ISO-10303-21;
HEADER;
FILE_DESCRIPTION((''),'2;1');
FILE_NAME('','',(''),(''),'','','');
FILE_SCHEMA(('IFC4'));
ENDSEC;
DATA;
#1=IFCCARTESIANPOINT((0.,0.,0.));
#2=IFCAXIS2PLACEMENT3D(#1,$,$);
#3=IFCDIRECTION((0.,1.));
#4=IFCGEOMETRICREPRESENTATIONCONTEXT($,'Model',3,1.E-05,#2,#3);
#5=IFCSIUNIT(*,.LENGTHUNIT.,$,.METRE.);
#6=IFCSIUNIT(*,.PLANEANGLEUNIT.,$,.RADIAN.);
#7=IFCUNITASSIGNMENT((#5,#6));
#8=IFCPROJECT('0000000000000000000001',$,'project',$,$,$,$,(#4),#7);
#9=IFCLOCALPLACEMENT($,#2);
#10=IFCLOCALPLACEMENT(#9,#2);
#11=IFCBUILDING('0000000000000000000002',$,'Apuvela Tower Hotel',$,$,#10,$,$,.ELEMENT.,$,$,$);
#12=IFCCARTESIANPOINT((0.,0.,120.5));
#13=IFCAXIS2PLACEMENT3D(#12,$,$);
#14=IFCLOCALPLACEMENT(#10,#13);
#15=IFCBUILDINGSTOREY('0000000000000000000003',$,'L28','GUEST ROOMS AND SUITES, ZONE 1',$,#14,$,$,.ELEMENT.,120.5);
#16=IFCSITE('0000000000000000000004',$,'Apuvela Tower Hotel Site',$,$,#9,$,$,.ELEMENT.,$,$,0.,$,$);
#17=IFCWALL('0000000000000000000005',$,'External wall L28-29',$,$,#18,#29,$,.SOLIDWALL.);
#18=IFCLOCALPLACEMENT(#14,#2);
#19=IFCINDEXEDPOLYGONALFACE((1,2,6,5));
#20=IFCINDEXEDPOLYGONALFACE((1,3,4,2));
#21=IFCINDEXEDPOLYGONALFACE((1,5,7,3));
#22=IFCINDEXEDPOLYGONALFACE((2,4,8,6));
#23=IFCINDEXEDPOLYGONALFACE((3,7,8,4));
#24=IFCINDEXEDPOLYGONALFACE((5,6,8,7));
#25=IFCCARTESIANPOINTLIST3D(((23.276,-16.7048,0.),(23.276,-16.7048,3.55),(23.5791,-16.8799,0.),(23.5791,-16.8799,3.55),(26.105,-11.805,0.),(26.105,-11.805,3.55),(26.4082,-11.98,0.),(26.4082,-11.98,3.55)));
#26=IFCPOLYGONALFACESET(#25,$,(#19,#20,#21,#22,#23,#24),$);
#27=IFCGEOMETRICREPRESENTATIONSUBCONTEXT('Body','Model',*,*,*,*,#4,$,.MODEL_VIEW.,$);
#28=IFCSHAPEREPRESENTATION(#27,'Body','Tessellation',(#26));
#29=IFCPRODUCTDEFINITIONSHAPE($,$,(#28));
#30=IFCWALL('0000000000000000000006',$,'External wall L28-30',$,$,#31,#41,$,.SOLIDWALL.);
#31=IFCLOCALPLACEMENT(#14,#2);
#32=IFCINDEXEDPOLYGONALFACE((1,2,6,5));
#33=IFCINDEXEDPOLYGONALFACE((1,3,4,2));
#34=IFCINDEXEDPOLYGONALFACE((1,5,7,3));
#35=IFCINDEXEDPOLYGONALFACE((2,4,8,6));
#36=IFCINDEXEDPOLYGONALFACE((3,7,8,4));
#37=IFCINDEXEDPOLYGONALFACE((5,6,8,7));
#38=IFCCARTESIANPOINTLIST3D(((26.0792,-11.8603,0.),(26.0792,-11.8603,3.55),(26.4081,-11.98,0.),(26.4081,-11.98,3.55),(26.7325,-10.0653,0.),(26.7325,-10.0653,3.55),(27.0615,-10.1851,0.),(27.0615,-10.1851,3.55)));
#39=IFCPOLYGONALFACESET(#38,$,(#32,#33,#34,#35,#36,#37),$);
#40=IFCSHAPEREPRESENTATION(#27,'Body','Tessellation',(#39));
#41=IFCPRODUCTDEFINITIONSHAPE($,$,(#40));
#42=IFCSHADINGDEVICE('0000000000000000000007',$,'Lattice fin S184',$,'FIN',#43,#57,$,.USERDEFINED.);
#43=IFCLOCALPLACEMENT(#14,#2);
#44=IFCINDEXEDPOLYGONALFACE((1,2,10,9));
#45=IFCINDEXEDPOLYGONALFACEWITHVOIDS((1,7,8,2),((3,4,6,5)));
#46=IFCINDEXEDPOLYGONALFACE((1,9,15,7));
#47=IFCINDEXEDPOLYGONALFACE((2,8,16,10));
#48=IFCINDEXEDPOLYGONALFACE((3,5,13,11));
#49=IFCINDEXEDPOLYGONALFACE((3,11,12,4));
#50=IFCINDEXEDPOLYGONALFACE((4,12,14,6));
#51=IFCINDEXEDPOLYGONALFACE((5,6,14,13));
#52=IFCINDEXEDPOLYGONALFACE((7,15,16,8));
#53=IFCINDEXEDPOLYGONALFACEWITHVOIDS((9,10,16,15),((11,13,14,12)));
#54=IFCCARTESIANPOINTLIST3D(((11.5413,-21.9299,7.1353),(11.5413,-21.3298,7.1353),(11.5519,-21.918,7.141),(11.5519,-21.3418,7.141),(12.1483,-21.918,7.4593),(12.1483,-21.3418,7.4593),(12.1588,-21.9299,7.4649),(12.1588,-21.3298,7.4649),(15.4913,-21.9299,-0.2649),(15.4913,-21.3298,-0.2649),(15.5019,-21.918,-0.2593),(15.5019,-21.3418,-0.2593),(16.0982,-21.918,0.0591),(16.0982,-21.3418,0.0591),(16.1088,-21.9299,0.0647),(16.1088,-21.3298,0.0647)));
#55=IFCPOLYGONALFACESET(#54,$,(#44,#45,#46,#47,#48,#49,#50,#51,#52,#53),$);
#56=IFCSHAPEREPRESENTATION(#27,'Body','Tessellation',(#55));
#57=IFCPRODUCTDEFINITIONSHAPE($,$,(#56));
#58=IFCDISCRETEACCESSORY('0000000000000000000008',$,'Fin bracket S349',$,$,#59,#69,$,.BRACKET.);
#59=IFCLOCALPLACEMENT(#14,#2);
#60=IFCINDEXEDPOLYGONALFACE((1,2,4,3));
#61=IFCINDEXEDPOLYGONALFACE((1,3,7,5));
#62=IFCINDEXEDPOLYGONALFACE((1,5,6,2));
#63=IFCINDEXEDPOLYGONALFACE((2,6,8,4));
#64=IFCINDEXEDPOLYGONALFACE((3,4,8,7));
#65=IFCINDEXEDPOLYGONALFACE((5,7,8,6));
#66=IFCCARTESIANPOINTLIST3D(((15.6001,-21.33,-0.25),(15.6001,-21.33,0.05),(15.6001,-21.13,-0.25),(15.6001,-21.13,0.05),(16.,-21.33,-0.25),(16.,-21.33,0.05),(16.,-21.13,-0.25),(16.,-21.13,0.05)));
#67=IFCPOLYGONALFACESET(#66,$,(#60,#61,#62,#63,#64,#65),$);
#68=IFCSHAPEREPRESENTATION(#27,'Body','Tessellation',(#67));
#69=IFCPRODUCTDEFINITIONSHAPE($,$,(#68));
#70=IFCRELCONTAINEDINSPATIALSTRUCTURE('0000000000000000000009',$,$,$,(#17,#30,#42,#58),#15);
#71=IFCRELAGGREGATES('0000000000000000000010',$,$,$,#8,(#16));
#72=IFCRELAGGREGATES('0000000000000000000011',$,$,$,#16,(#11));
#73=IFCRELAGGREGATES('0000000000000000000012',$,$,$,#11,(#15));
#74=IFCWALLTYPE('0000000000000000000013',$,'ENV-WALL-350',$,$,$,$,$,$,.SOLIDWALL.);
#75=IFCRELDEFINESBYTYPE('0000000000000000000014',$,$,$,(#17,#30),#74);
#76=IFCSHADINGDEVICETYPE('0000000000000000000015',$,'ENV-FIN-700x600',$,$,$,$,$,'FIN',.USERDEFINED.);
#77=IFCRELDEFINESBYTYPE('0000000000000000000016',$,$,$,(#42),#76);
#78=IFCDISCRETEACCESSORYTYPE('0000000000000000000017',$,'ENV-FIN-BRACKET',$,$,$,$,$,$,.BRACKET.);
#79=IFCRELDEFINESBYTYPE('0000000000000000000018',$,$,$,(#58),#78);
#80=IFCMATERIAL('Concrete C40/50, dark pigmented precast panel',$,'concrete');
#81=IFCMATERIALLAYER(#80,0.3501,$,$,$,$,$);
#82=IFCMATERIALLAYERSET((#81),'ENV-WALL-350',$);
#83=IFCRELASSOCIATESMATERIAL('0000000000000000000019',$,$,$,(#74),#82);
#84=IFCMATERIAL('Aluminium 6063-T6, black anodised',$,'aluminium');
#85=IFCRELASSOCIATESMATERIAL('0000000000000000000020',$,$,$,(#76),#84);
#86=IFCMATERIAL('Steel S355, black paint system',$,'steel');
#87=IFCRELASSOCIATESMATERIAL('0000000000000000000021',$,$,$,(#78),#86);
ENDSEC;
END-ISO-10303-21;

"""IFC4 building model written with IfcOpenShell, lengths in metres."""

from ifc_helpers import new_model, si_unit, direction, frame, frame_2d, origin, origin_2d, place, context, subcontext, project, spatial, rectangle, hollow_rectangle, extrude, material, layer, layer_set, material_profile, profile_set, type_object, element, save


model = new_model("IFC4")

# Units and contexts
model_context = context("Model", 3, precision=1e-05, world=origin(), true_north=direction((0.0, 1.0)))
body_context = subcontext(model_context, "Body", "Model", "MODEL_VIEW")
ifc_project = project(units=[si_unit("LENGTHUNIT", "METRE"), si_unit("PLANEANGLEUNIT", "RADIAN")], contexts=[model_context])

# Site, building, storey
site_placement = place(None, origin())
site = spatial("IfcSite", under=ifc_project, at=site_placement, Name="Apuvela Tower Hotel Site", CompositionType="ELEMENT", RefElevation=0.0)
building_placement = place(site_placement, origin())
building = spatial("IfcBuilding", under=site, at=building_placement, Name="Apuvela Tower Hotel", CompositionType="ELEMENT")
storey_placement = place(building_placement, frame((0.0, 0.0, 120.5)))
storey = spatial("IfcBuildingStorey", under=building, at=storey_placement, Name="L28", Description="GUEST ROOMS AND SUITES, ZONE 1", CompositionType="ELEMENT", Elevation=120.5)

# Walls
ifc_material_1 = material(Name="Concrete C40/50, dark pigmented precast panel", Category="concrete")
ifc_layer_1 = layer(ifc_material_1, 0.3501)
ifc_layer_set_1 = layer_set([ifc_layer_1], Name="ENV-WALL-350")
wall_type_1 = type_object("IfcWallType", Name="ENV-WALL-350", PredefinedType="SOLIDWALL", material=ifc_layer_set_1)
wall_1_placement = place(storey_placement, frame((23.4275, -16.7925, 0.0), z_axis=(0.0, 0.0, 1.0), x_axis=(0.500019, 0.866015, 0.0)))
element("IfcWall", 1, at=wall_1_placement, inside=storey, type_object=wall_type_1, Name="External wall L28-29", PredefinedType="SOLIDWALL", context=body_context, shape_type="SweptSolid", body=[
    extrude(rectangle(XDim=5.658, YDim=0.3501, at=frame_2d((2.8291, 0.0))), origin(), (0.0, 0.0, 1.0), 3.55),
])
wall_2_placement = place(storey_placement, frame((26.2437, -11.9202, 0.0), z_axis=(0.0, 0.0, 1.0), x_axis=(0.34203, 0.939689, 0.0)))
element("IfcWall", 2, at=wall_2_placement, inside=storey, type_object=wall_type_1, Name="External wall L28-30", PredefinedType="SOLIDWALL", context=body_context, shape_type="SweptSolid", body=[
    extrude(rectangle(XDim=1.9102, YDim=0.3501, at=frame_2d((0.9551, 0.0))), origin(), (0.0, 0.0, 1.0), 3.55),
])

# Shading device
ifc_material_2 = material(Name="Aluminium 6063-T6, black anodised", Category="aluminium")
ifc_material_profile_1 = material_profile(ifc_material_2, hollow_rectangle(XDim=0.6001, YDim=0.7, WallThickness=0.012, at=origin_2d()), Name="AL BOX 700x600x12")
ifc_profile_set_1 = profile_set([ifc_material_profile_1], Name="Aluminium 6063-T6, black anodised")
shading_device_type = type_object("IfcShadingDeviceType", Name="ENV-FIN-700x600", ElementType="FIN", PredefinedType="USERDEFINED", material=ifc_profile_set_1)
shading_device_placement = place(storey_placement, frame((15.8, -21.6299, -0.1001), z_axis=(-0.470886, 0.0, 0.882194), x_axis=(0.0, -1.0, 0.0)))
element("IfcShadingDevice", 3, at=shading_device_placement, inside=storey, type_object=shading_device_type, Name="Lattice fin S184", ObjectType="FIN", PredefinedType="USERDEFINED", context=body_context, shape_type="SweptSolid", body=[
    extrude(hollow_rectangle(XDim=0.6001, YDim=0.7, WallThickness=0.012, at=origin_2d()), origin(), (0.0, 0.0, 1.0), 8.3884),
])

# Discrete accessory
ifc_material_3 = material(Name="Steel S355, black paint system", Category="steel")
discrete_accessory_type = type_object("IfcDiscreteAccessoryType", Name="ENV-FIN-BRACKET", PredefinedType="BRACKET", material=ifc_material_3)
discrete_accessory_placement = place(storey_placement, frame((15.8, -21.23, -0.25), z_axis=(0.0, 0.0, 1.0), x_axis=(1.0, 0.0, 0.0)))
element("IfcDiscreteAccessory", 4, at=discrete_accessory_placement, inside=storey, type_object=discrete_accessory_type, Name="Fin bracket S349", PredefinedType="BRACKET", context=body_context, shape_type="SweptSolid", body=[
    extrude(rectangle(XDim=0.3999, YDim=0.2, at=origin_2d()), origin(), (0.0, 0.0, 1.0), 0.3),
])

save(model, "model.ifc")
